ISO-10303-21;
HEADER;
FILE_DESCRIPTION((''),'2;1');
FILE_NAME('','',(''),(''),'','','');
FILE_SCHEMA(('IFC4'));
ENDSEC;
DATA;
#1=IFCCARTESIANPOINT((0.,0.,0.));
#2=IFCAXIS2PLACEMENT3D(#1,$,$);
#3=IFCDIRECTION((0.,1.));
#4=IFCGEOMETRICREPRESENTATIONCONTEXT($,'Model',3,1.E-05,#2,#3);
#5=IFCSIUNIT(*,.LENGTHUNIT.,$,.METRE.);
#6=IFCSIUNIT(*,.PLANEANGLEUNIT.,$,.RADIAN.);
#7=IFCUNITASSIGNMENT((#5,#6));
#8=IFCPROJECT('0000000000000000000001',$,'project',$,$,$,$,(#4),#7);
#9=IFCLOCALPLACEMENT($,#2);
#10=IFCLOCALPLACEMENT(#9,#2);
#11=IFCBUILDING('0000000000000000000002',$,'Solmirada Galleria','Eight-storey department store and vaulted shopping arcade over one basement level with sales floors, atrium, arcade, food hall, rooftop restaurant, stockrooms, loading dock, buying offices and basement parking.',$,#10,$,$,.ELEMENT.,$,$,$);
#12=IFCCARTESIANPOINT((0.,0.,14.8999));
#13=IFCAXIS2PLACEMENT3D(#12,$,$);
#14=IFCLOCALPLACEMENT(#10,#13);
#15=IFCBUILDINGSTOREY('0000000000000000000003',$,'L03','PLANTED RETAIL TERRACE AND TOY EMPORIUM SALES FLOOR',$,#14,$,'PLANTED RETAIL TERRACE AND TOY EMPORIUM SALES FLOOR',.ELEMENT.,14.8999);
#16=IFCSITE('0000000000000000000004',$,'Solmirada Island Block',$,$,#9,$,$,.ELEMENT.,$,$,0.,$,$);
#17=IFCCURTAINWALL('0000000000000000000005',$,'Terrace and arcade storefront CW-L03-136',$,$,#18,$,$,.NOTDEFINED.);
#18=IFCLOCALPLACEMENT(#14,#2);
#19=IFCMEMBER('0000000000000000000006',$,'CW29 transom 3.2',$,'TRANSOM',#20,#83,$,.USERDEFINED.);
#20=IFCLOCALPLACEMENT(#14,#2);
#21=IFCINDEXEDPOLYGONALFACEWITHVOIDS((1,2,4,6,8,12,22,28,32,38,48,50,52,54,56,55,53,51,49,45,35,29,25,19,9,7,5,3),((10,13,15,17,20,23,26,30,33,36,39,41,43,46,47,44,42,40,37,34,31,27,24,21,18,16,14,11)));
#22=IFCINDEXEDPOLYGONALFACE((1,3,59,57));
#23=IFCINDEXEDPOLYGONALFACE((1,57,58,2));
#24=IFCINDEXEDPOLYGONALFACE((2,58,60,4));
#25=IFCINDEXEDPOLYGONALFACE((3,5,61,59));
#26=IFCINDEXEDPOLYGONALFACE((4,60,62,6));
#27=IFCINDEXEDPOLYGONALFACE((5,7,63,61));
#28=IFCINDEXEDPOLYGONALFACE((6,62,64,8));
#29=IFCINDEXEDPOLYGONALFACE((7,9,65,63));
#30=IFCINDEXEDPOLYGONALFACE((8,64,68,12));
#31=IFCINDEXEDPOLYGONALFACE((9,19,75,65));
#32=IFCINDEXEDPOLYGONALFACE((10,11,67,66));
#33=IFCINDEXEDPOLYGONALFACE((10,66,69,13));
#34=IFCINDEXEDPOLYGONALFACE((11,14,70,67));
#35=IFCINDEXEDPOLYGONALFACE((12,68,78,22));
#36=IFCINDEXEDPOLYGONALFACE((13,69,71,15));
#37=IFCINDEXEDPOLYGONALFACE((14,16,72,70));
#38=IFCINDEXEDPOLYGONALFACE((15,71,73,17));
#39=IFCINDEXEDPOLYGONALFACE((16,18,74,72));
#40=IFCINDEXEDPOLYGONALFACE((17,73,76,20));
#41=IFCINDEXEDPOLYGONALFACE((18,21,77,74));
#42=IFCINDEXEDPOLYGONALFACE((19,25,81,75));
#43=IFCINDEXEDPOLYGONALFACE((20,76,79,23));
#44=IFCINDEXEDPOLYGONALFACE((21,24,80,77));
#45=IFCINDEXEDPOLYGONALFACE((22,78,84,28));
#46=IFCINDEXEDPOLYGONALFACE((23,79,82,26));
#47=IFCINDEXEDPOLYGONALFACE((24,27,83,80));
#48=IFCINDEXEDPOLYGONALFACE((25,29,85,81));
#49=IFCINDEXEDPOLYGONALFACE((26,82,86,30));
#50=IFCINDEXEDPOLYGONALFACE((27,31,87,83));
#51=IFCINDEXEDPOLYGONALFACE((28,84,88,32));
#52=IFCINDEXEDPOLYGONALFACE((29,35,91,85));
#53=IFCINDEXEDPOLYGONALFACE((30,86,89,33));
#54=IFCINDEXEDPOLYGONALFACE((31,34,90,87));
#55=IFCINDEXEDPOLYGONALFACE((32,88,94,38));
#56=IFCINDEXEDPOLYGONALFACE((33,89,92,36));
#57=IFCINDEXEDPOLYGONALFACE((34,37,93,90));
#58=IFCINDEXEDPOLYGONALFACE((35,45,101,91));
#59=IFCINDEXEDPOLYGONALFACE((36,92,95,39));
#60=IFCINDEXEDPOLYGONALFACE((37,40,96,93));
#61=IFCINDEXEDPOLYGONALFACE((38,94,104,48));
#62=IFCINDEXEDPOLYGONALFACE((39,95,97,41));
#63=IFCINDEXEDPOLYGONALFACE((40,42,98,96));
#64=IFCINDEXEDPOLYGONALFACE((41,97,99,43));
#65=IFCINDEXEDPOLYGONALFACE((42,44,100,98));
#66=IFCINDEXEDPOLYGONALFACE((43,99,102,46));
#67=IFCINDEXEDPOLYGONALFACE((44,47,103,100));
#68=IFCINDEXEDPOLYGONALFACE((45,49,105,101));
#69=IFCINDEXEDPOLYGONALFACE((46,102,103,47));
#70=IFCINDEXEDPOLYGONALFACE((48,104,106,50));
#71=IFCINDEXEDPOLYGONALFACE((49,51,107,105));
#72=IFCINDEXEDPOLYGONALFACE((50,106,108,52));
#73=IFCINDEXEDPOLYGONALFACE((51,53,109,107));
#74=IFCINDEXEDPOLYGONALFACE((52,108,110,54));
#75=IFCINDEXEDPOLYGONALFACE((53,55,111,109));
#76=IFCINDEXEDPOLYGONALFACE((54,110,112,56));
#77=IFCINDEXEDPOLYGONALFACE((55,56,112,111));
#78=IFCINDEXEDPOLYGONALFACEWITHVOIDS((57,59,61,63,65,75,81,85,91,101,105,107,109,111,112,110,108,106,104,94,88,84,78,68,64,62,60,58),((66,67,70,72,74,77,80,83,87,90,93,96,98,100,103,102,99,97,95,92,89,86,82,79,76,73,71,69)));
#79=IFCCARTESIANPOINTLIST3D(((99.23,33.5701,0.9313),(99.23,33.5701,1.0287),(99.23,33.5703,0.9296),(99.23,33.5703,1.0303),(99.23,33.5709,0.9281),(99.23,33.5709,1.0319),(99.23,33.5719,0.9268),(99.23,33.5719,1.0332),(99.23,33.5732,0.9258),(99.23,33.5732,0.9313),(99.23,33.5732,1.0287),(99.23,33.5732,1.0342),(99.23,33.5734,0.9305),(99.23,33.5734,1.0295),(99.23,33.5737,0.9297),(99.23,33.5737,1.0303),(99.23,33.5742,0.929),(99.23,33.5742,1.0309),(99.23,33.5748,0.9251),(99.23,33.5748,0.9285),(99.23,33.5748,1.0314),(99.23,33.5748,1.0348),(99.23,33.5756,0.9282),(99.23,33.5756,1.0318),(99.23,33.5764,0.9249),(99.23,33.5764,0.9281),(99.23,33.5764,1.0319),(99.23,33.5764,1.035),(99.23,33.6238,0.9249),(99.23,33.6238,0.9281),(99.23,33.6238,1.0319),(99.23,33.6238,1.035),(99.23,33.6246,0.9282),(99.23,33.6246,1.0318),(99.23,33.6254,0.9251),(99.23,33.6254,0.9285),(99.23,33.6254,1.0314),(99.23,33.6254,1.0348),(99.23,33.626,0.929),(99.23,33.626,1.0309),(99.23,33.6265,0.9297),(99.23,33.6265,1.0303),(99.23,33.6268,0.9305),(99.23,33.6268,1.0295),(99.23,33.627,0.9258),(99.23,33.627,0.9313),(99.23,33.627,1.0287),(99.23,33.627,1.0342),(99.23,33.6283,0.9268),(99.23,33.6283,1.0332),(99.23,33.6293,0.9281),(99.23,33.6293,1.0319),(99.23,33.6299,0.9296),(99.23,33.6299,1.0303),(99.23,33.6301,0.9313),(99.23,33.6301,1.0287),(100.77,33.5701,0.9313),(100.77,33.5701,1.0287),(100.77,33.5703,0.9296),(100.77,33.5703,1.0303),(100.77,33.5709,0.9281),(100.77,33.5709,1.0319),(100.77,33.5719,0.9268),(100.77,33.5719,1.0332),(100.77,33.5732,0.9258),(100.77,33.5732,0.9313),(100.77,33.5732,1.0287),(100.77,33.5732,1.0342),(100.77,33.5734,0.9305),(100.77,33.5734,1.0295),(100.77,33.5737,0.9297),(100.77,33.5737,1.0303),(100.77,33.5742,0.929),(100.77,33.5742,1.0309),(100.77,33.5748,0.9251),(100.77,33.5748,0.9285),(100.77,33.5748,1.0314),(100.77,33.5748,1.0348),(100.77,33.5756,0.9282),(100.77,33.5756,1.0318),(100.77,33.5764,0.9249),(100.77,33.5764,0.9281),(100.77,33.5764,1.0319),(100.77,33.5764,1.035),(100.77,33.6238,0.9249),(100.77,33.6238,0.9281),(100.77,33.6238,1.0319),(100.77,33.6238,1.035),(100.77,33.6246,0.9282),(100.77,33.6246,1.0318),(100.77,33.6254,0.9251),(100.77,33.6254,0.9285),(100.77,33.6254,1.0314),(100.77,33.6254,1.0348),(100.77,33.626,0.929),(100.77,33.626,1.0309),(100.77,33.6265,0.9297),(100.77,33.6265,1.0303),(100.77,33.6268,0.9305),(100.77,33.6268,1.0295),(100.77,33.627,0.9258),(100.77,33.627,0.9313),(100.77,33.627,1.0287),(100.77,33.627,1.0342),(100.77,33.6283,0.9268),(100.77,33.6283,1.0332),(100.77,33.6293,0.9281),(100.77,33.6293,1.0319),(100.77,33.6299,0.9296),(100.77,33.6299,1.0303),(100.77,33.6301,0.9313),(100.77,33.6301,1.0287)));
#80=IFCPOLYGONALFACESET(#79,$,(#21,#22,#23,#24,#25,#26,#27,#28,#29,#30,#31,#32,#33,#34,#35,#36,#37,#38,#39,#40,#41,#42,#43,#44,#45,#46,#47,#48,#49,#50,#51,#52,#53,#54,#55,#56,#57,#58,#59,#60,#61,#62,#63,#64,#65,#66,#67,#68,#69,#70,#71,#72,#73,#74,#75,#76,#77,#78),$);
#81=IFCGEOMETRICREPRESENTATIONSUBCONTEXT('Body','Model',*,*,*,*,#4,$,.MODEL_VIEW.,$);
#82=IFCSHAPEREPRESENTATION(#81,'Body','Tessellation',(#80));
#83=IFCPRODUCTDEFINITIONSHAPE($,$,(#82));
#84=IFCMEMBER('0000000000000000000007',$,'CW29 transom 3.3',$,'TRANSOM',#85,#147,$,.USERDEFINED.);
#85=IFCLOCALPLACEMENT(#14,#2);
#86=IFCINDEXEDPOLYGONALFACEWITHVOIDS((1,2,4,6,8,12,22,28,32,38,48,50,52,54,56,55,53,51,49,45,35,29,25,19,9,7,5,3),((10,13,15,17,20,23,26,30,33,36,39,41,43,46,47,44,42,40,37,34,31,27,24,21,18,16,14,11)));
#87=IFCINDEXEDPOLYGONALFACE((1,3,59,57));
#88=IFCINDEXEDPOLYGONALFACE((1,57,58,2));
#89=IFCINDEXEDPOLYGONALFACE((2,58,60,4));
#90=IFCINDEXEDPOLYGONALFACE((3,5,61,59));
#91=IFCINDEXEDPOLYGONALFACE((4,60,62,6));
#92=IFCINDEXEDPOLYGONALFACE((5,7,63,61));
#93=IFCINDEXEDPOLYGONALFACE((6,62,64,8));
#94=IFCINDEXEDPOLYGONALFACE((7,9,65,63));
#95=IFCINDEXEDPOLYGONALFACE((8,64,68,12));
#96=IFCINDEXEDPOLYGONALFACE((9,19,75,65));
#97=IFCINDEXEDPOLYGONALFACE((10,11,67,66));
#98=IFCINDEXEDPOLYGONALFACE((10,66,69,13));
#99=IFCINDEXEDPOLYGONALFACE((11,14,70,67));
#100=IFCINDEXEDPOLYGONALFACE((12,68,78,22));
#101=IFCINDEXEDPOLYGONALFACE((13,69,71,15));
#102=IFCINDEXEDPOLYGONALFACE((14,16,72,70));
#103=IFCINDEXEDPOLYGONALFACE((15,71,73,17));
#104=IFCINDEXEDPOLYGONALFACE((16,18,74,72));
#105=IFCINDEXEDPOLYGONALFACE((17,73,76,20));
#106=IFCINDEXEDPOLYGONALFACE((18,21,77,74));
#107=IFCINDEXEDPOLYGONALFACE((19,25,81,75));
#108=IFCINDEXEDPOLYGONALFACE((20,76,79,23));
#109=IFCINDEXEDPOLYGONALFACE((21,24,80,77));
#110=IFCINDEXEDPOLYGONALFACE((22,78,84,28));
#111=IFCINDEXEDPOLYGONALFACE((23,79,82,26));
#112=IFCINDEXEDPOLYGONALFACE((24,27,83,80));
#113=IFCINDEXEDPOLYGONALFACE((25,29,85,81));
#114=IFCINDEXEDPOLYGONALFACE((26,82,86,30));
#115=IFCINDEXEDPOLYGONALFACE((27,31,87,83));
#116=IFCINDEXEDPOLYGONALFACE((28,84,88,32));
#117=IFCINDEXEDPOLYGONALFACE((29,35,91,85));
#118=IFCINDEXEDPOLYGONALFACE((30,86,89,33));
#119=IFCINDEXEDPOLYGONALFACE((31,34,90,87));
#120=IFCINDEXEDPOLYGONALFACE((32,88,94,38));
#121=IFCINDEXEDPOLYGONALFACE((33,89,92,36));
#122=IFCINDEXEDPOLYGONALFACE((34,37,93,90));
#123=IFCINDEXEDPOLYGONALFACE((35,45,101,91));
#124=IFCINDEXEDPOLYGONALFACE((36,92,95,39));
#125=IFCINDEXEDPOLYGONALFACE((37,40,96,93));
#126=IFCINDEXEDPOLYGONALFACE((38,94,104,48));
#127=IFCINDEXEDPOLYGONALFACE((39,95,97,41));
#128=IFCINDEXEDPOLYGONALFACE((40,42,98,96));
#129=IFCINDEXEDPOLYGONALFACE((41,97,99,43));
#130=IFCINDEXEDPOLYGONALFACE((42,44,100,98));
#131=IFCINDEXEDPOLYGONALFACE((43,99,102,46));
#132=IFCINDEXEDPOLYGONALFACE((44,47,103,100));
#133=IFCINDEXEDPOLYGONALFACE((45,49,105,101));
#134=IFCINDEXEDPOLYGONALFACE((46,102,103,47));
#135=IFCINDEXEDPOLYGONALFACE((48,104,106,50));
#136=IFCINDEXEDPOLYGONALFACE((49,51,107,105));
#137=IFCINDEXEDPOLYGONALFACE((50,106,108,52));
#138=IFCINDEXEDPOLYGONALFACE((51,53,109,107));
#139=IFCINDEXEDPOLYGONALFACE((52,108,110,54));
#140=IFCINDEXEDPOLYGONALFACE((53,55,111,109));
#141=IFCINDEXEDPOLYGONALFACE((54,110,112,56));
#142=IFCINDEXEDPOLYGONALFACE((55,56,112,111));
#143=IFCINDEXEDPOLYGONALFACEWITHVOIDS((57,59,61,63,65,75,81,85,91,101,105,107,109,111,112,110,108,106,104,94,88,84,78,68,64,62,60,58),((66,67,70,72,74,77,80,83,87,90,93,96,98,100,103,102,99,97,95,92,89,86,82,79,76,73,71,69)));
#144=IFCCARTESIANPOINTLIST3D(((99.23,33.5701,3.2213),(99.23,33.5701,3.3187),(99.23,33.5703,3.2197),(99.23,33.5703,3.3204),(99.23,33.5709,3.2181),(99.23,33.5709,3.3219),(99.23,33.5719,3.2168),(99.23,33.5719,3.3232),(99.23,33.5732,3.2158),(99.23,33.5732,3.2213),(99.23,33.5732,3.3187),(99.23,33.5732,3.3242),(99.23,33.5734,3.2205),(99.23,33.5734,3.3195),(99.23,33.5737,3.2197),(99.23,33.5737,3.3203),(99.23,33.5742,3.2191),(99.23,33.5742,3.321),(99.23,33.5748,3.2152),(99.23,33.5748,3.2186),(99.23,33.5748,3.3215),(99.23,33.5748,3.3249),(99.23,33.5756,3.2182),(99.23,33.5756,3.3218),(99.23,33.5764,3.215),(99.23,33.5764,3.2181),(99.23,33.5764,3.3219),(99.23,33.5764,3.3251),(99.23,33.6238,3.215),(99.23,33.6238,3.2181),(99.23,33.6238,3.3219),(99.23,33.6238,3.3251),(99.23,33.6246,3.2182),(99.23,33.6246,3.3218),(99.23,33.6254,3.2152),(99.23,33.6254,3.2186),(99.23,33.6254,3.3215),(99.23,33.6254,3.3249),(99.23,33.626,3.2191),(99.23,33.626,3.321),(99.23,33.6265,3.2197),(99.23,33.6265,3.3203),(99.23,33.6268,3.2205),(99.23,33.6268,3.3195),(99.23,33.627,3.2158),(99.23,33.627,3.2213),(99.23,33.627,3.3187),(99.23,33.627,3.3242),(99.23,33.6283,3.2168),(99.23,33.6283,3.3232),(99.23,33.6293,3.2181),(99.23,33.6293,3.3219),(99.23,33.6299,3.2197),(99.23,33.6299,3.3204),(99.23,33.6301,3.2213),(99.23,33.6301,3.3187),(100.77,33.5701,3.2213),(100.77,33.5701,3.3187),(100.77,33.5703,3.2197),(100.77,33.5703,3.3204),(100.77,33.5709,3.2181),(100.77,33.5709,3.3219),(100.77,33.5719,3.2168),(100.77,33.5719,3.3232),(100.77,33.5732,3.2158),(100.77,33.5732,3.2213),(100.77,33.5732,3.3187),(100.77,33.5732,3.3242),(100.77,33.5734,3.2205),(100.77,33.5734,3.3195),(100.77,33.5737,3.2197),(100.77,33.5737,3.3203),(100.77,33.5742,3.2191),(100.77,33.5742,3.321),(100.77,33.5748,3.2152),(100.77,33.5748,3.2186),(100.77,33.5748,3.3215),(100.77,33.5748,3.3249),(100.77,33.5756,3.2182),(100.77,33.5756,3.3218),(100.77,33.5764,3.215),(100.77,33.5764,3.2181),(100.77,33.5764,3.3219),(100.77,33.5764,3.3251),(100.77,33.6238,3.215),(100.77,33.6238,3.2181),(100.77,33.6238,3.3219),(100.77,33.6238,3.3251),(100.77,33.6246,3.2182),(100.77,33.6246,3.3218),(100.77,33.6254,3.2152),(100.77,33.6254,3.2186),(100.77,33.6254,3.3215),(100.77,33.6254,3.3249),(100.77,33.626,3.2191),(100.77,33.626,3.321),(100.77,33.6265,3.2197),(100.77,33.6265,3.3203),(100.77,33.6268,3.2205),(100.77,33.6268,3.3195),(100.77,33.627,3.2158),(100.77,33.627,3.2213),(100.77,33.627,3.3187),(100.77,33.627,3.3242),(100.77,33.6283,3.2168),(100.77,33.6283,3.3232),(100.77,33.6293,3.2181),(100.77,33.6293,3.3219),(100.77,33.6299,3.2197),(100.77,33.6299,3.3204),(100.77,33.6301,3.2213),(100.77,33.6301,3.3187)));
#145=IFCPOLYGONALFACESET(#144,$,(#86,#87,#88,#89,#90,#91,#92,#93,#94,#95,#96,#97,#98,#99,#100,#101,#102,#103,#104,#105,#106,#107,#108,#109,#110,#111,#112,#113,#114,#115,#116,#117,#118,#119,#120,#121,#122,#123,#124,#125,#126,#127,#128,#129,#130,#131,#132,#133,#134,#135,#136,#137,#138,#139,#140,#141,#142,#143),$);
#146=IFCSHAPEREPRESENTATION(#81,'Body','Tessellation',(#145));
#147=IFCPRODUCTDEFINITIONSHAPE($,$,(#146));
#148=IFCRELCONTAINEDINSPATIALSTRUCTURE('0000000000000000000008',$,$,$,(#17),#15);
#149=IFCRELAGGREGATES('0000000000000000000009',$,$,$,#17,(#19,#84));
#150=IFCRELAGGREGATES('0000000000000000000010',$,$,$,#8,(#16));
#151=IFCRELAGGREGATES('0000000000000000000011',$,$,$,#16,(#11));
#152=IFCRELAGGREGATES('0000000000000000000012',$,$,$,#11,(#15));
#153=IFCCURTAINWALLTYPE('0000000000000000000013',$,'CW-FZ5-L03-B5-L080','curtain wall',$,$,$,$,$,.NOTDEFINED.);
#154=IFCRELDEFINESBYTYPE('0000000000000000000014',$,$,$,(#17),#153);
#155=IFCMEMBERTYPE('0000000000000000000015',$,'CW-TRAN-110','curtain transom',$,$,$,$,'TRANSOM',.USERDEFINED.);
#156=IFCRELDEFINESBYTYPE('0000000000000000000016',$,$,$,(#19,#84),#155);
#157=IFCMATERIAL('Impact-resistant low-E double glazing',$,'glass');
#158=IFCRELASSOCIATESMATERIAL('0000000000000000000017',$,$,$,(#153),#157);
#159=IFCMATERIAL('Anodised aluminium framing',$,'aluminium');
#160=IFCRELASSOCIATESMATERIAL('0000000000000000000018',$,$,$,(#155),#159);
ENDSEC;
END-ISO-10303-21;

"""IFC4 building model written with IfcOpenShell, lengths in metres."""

from ifc_helpers import new_model, si_unit, direction, frame, origin, origin_2d, place, context, subcontext, project, spatial, hollow_rectangle, extrude, material, material_profile, profile_set, type_object, element, aggregate, save


model = new_model("IFC4")

# Units and contexts
model_context = context("Model", 3, precision=1e-05, world=origin(), true_north=direction((0.0, 1.0)))
body_context = subcontext(model_context, "Body", "Model", "MODEL_VIEW")
ifc_project = project(units=[si_unit("LENGTHUNIT", "METRE"), si_unit("PLANEANGLEUNIT", "RADIAN")], contexts=[model_context])

# Site, building, storey
site_placement = place(None, origin())
site = spatial("IfcSite", under=ifc_project, at=site_placement, Name="Solmirada Island Block", CompositionType="ELEMENT", RefElevation=0.0)
building_placement = place(site_placement, origin())
building = spatial("IfcBuilding", under=site, at=building_placement, Name="Solmirada Galleria", Description="Eight-storey department store and vaulted shopping arcade over one basement level with sales floors, atrium, arcade, food hall, rooftop restaurant, stockrooms, loading dock, buying offices and basement parking.", CompositionType="ELEMENT")
storey_placement = place(building_placement, frame((0.0, 0.0, 14.8999)))
storey = spatial("IfcBuildingStorey", under=building, at=storey_placement, Name="L03", Description="PLANTED RETAIL TERRACE AND TOY EMPORIUM SALES FLOOR", LongName="PLANTED RETAIL TERRACE AND TOY EMPORIUM SALES FLOOR", CompositionType="ELEMENT", Elevation=14.8999)

# Curtain wall, members
ifc_material_1 = material(Name="Impact-resistant low-E double glazing", Category="glass")
curtain_wall_type = type_object("IfcCurtainWallType", Name="CW-FZ5-L03-B5-L080", Description="curtain wall", PredefinedType="NOTDEFINED", material=ifc_material_1)
curtain_wall_placement = place(storey_placement, origin())
curtain_wall = element("IfcCurtainWall", 1, at=curtain_wall_placement, inside=storey, type_object=curtain_wall_type, Name="Terrace and arcade storefront CW-L03-136", PredefinedType="NOTDEFINED")
ifc_material_2 = material(Name="Anodised aluminium framing", Category="aluminium")
ifc_material_profile_1 = material_profile(ifc_material_2, hollow_rectangle(XDim=0.0601, YDim=0.1101, WallThickness=0.0032, InnerFilletRadius=0.0032, OuterFilletRadius=0.0063, at=origin_2d()), Name="ALU-TRAN-110X60")
ifc_profile_set_1 = profile_set([ifc_material_profile_1], Name="Anodised aluminium framing")
member_type_1 = type_object("IfcMemberType", Name="CW-TRAN-110", Description="curtain transom", ElementType="TRANSOM", PredefinedType="USERDEFINED", material=ifc_profile_set_1)
member_1_placement = place(storey_placement, frame((99.23, 33.6001, 0.98), z_axis=(1.0, 0.0, 0.0), x_axis=(0.0, 1.0, 0.0)))
member_1 = element("IfcMember", 2, at=member_1_placement, type_object=member_type_1, Name="CW29 transom 3.2", ObjectType="TRANSOM", PredefinedType="USERDEFINED", context=body_context, shape_type="SweptSolid", body=[
    extrude(hollow_rectangle(XDim=0.0601, YDim=0.1101, WallThickness=0.0032, InnerFilletRadius=0.0032, OuterFilletRadius=0.0063, at=origin_2d()), origin(), (0.0, 0.0, 1.0), 1.54),
])
member_2_placement = place(storey_placement, frame((99.23, 33.6001, 3.27), z_axis=(1.0, 0.0, 0.0), x_axis=(0.0, 1.0, 0.0)))
member_2 = element("IfcMember", 3, at=member_2_placement, type_object=member_type_1, Name="CW29 transom 3.3", ObjectType="TRANSOM", PredefinedType="USERDEFINED", context=body_context, shape_type="SweptSolid", body=[
    extrude(hollow_rectangle(XDim=0.0601, YDim=0.1101, WallThickness=0.0032, InnerFilletRadius=0.0032, OuterFilletRadius=0.0063, at=origin_2d()), origin(), (0.0, 0.0, 1.0), 1.54),
])
aggregate(curtain_wall, [member_1, member_2])

save(model, "model.ifc")
